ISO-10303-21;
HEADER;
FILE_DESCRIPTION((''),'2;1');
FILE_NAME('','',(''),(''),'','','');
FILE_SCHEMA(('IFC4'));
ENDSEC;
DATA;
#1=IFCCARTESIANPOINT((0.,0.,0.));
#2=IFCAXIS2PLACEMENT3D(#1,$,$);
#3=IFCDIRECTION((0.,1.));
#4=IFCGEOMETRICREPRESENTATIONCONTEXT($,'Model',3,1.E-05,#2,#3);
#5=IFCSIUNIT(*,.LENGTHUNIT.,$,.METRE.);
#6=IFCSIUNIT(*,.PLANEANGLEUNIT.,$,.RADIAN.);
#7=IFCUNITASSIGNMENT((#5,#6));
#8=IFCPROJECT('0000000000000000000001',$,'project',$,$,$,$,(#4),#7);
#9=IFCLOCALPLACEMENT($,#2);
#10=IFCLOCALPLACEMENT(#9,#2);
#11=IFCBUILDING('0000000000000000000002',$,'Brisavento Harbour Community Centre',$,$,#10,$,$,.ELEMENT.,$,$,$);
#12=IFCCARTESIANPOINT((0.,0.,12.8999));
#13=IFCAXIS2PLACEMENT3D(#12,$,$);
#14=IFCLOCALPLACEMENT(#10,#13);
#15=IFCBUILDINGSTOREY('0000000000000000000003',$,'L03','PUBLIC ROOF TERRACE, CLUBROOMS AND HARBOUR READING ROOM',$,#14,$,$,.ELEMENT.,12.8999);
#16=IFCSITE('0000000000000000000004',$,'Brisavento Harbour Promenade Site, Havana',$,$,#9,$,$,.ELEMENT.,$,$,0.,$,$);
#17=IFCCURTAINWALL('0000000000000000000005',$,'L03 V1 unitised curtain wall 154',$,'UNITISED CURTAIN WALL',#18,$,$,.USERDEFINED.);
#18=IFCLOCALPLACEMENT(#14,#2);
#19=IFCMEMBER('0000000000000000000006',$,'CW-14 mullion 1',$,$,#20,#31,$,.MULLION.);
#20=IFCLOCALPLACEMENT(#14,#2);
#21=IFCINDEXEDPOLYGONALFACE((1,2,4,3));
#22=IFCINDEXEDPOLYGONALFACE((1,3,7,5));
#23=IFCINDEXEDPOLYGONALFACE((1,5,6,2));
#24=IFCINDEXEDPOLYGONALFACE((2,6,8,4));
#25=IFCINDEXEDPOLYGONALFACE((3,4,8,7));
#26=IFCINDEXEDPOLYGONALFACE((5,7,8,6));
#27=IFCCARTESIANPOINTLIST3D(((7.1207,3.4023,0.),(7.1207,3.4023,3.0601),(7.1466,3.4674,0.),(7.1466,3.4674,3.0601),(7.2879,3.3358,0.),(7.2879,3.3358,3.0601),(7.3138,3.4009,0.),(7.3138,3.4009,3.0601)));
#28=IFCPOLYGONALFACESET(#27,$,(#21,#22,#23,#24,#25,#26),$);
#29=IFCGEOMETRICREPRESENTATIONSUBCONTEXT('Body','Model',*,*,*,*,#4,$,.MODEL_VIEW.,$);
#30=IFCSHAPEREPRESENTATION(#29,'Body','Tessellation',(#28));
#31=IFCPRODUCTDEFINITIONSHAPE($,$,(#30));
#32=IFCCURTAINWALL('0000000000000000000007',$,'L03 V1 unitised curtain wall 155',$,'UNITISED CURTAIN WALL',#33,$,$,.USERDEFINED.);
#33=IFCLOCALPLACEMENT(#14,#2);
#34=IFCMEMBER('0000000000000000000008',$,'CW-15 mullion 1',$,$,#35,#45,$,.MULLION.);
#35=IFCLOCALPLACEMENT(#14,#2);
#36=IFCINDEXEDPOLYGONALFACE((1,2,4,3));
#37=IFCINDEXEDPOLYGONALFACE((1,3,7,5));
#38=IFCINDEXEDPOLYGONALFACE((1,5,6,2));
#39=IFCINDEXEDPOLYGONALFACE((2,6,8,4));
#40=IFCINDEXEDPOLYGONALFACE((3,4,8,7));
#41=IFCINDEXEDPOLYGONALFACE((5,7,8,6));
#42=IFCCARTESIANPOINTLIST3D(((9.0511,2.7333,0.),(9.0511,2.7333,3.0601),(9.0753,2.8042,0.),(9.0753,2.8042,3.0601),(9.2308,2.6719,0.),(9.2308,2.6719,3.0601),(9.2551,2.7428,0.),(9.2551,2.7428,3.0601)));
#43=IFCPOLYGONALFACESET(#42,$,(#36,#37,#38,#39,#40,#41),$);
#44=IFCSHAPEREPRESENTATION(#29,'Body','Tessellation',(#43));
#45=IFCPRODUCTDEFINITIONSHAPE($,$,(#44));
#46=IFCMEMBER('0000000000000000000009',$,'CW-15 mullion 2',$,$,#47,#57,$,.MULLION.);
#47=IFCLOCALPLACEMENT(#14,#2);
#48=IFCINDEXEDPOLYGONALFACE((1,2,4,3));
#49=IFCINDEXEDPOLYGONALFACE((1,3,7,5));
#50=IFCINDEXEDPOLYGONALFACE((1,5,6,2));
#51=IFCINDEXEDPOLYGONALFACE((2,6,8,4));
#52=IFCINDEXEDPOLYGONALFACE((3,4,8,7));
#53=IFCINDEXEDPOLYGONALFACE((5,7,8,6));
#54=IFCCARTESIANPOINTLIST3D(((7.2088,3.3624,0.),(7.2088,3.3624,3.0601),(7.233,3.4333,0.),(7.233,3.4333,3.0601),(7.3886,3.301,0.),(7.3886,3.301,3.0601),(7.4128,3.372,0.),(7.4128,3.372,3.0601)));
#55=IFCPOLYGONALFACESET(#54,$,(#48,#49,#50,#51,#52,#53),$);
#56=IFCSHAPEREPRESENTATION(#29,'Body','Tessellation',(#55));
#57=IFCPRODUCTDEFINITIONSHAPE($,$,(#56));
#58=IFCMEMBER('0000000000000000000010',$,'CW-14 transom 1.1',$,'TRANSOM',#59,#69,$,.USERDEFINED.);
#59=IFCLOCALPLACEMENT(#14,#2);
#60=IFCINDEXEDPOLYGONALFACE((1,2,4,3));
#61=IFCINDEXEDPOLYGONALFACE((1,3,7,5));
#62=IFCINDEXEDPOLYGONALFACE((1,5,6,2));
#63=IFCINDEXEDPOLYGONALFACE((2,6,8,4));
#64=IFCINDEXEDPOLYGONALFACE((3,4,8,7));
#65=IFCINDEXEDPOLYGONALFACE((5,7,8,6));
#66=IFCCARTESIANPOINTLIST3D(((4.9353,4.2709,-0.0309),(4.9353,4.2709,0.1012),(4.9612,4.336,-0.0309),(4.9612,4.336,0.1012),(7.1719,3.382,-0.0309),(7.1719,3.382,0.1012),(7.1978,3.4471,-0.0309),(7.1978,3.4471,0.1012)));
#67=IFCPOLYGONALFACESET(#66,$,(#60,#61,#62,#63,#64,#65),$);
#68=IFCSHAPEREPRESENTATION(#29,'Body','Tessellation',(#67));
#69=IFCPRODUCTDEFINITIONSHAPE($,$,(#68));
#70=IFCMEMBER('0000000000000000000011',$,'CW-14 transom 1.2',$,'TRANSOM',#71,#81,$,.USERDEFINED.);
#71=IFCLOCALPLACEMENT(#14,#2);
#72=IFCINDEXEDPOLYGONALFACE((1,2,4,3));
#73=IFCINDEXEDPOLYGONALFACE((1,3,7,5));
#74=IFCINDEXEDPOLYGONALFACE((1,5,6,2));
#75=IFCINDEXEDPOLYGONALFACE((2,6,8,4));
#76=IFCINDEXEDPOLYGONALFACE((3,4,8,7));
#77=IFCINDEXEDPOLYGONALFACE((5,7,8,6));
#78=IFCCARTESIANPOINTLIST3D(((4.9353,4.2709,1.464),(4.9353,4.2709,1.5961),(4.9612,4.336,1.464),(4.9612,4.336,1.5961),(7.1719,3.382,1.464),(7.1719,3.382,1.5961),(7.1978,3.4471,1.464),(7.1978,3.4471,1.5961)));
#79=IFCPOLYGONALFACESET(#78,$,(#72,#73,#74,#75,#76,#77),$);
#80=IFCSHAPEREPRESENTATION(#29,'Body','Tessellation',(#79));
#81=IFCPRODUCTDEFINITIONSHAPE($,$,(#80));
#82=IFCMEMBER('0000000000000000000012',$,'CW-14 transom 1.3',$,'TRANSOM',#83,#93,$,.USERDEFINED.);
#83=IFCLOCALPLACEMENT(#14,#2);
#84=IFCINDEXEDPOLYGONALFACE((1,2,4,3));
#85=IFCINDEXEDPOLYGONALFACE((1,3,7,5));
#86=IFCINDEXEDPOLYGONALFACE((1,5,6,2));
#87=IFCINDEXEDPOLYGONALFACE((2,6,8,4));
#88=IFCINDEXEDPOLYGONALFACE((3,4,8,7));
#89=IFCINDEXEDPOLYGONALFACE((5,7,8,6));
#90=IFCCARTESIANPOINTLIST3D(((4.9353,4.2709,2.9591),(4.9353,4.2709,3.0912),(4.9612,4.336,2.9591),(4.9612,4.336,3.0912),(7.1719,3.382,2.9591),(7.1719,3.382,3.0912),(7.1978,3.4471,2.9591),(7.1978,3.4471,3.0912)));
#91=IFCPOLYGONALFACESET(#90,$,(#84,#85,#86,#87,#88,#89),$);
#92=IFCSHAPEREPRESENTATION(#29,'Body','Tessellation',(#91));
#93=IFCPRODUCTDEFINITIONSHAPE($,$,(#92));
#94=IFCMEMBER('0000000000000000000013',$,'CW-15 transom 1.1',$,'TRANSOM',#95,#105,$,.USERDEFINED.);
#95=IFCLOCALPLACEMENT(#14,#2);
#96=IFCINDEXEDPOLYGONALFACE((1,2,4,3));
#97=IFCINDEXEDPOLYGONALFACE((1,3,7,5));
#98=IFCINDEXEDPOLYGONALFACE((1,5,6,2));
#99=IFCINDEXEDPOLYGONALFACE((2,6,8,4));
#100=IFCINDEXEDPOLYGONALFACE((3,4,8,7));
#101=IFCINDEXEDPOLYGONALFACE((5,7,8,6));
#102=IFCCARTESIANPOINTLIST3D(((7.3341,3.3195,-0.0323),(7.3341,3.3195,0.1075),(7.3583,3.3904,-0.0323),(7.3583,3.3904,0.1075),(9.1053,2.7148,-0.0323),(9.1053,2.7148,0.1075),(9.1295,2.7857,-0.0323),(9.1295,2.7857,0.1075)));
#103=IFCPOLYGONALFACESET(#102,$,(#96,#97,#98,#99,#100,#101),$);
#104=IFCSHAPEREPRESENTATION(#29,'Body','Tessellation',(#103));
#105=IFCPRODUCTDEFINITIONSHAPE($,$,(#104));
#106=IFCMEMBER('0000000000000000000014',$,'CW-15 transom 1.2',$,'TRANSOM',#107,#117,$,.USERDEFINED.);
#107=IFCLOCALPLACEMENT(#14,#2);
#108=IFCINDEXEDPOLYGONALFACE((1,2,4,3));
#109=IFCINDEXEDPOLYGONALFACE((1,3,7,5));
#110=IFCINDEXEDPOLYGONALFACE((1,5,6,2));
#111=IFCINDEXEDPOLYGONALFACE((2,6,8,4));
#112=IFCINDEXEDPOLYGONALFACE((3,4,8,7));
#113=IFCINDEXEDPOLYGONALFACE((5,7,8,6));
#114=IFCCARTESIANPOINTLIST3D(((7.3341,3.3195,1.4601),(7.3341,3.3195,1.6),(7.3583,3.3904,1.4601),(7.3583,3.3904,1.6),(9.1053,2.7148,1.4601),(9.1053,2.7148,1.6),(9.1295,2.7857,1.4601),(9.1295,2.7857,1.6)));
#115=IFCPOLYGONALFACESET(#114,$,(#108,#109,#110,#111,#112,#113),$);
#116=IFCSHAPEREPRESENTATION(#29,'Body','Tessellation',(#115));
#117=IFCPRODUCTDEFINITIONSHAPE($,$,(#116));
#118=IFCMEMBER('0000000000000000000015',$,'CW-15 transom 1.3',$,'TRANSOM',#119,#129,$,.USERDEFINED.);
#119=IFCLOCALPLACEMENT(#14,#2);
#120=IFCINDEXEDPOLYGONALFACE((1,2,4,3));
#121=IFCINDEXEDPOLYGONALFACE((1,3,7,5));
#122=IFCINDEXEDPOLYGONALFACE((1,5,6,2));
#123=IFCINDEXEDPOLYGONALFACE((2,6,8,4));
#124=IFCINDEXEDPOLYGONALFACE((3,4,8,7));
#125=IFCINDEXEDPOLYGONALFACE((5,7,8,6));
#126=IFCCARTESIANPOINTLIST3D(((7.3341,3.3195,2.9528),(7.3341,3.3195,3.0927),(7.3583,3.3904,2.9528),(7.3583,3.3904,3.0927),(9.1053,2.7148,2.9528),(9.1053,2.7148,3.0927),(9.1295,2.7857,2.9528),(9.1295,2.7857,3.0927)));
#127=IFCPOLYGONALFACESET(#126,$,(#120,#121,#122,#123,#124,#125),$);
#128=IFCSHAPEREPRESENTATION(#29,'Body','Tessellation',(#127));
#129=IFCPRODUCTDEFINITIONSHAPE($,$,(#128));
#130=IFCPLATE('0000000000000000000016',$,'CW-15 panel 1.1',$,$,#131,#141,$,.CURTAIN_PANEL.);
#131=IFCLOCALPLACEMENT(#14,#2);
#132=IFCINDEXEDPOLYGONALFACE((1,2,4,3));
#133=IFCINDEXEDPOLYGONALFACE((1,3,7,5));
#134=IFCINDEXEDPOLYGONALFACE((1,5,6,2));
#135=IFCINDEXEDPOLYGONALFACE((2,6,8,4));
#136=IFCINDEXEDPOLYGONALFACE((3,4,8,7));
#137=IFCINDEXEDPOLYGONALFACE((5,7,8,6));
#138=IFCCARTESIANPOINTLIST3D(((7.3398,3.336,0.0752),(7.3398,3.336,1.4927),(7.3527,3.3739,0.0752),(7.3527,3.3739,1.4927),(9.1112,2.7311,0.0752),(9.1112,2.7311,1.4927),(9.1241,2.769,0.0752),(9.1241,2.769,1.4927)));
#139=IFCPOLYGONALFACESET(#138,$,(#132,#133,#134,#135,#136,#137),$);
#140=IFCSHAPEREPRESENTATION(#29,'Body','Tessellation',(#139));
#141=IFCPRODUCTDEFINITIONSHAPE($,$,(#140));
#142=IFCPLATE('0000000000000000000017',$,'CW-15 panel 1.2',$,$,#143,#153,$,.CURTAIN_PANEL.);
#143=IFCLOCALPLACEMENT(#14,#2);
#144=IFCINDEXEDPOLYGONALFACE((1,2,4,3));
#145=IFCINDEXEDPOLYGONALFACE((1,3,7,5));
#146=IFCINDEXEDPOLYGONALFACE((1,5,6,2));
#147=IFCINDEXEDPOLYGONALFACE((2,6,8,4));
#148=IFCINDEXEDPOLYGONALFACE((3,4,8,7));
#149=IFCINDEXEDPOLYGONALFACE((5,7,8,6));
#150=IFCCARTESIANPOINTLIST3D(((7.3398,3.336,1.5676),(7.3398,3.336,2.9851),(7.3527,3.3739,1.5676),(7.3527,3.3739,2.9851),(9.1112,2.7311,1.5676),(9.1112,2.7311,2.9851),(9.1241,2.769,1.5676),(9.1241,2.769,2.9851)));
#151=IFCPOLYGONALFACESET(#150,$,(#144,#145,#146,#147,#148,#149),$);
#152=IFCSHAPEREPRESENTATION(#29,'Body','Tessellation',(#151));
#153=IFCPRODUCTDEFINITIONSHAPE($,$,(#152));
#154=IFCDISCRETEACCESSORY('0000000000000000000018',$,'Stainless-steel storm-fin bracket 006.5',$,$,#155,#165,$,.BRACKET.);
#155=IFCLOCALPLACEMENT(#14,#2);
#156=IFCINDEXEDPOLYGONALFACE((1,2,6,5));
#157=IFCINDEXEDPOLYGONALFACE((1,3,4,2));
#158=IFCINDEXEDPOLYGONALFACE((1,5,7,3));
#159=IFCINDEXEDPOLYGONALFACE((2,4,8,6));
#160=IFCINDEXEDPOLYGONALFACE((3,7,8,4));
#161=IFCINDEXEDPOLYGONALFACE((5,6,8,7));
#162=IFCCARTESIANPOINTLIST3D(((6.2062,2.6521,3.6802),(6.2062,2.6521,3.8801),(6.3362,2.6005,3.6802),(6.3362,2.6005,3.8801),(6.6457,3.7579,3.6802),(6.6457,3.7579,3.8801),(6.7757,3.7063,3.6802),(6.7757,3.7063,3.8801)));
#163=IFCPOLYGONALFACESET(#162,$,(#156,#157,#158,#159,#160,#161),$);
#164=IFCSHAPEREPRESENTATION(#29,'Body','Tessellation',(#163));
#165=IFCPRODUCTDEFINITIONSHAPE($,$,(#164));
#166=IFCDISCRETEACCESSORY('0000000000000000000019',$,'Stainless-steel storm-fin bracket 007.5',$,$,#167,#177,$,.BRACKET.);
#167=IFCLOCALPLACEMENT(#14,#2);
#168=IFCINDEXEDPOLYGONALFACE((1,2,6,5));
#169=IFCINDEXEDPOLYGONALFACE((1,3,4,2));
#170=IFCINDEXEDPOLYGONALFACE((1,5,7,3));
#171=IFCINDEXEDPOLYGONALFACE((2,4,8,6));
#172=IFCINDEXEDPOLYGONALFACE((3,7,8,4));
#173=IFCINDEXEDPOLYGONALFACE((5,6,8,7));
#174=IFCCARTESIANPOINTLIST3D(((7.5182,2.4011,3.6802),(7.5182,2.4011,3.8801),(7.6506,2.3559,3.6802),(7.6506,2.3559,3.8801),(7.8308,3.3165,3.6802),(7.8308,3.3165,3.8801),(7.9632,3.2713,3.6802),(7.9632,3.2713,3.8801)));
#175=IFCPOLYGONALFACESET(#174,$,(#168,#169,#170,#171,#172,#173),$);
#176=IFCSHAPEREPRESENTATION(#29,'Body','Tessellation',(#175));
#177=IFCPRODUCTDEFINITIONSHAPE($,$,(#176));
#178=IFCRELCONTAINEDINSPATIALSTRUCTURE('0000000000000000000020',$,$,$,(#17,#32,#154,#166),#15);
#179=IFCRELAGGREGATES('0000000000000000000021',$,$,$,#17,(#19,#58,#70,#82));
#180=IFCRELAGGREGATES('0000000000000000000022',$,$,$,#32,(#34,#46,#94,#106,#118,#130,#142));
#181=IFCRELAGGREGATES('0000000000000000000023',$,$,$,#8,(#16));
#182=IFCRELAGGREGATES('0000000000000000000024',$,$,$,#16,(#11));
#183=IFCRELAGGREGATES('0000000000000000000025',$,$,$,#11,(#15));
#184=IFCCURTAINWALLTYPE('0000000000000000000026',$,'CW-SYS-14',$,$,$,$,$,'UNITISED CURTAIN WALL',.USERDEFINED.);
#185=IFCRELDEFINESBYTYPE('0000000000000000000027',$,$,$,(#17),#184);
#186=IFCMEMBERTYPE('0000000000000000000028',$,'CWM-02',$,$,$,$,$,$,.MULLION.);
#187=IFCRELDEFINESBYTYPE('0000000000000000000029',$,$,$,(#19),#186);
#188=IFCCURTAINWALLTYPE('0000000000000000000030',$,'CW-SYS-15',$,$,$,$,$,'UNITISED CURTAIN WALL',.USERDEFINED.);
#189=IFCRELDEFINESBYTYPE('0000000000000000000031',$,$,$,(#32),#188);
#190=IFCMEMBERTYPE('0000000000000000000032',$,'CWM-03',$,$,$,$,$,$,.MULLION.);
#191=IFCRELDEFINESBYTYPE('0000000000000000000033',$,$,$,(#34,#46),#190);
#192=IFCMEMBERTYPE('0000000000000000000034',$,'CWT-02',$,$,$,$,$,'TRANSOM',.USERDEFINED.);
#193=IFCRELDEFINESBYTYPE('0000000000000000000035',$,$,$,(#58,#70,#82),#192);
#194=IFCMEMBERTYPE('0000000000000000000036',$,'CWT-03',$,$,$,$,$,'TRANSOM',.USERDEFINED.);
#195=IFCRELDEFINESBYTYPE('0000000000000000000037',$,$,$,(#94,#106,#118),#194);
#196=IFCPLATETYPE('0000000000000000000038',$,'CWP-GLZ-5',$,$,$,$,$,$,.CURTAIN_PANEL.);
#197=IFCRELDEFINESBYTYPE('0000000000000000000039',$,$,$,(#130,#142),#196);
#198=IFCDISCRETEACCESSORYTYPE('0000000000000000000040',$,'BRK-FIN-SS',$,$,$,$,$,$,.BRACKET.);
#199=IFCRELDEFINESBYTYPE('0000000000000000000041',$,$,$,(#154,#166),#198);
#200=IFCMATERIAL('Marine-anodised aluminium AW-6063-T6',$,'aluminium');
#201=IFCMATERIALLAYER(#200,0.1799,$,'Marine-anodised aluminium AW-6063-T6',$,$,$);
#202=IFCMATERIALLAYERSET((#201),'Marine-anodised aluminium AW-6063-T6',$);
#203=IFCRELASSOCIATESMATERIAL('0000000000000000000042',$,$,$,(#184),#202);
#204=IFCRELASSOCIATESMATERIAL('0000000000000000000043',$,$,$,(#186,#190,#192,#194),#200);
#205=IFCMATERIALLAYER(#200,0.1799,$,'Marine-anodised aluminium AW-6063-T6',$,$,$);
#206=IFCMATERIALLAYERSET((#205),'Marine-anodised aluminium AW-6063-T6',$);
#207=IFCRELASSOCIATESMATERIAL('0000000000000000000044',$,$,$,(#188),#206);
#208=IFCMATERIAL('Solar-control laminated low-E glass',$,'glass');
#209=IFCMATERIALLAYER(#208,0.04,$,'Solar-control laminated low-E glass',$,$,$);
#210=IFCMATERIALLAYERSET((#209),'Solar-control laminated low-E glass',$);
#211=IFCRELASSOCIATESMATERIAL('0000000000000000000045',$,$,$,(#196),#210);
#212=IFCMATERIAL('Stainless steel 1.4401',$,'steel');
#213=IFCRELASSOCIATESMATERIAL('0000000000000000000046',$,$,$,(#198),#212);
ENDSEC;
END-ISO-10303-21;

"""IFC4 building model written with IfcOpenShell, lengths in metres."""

from ifc_helpers import new_model, si_unit, direction, frame, origin, origin_2d, place, context, subcontext, project, spatial, rectangle, extrude, material, layer, layer_set, material_profile, profile_set, type_object, element, aggregate, save


model = new_model("IFC4")

# Units and contexts
model_context = context("Model", 3, precision=1e-05, world=origin(), true_north=direction((0.0, 1.0)))
body_context = subcontext(model_context, "Body", "Model", "MODEL_VIEW")
ifc_project = project(units=[si_unit("LENGTHUNIT", "METRE"), si_unit("PLANEANGLEUNIT", "RADIAN")], contexts=[model_context])

# Site, building, storey
site_placement = place(None, origin())
site = spatial("IfcSite", under=ifc_project, at=site_placement, Name="Brisavento Harbour Promenade Site, Havana", CompositionType="ELEMENT", RefElevation=0.0)
building_placement = place(site_placement, origin())
building = spatial("IfcBuilding", under=site, at=building_placement, Name="Brisavento Harbour Community Centre", CompositionType="ELEMENT")
storey_placement = place(building_placement, frame((0.0, 0.0, 12.8999)))
storey = spatial("IfcBuildingStorey", under=building, at=storey_placement, Name="L03", Description="PUBLIC ROOF TERRACE, CLUBROOMS AND HARBOUR READING ROOM", CompositionType="ELEMENT", Elevation=12.8999)

# Curtain wall, member
ifc_material_1 = material(Name="Marine-anodised aluminium AW-6063-T6", Category="aluminium")
ifc_layer_1 = layer(ifc_material_1, 0.1799, Name="Marine-anodised aluminium AW-6063-T6")
ifc_layer_set_1 = layer_set([ifc_layer_1], Name="Marine-anodised aluminium AW-6063-T6")
curtain_wall_type_1 = type_object("IfcCurtainWallType", Name="CW-SYS-14", ElementType="UNITISED CURTAIN WALL", PredefinedType="USERDEFINED", material=ifc_layer_set_1)
curtain_wall_1_placement = place(storey_placement, origin())
curtain_wall_1 = element("IfcCurtainWall", 1, at=curtain_wall_1_placement, inside=storey, type_object=curtain_wall_type_1, Name="L03 V1 unitised curtain wall 154", ObjectType="UNITISED CURTAIN WALL", PredefinedType="USERDEFINED")
ifc_material_profile_1 = material_profile(ifc_material_1, rectangle(XDim=0.0701, YDim=0.1799, at=origin_2d()), Name="Marine-anodised aluminium AW-6063-T6")
ifc_profile_set_1 = profile_set([ifc_material_profile_1], Name="Marine-anodised aluminium AW-6063-T6")
member_type_1 = type_object("IfcMemberType", Name="CWM-02", PredefinedType="MULLION", material=ifc_profile_set_1)
member_1_placement = place(storey_placement, frame((7.2173, 3.4016, 0.0), z_axis=(0.0, 0.0, 1.0), x_axis=(-0.369379, -0.929279, 0.0)))
member_1 = element("IfcMember", 2, at=member_1_placement, type_object=member_type_1, Name="CW-14 mullion 1", PredefinedType="MULLION", context=body_context, shape_type="SweptSolid", body=[
    extrude(rectangle(XDim=0.0701, YDim=0.1799, at=origin_2d()), origin(), (0.0, 0.0, 1.0), 3.0601),
])

# Curtain wall, members
ifc_layer_2 = layer(ifc_material_1, 0.1799, Name="Marine-anodised aluminium AW-6063-T6")
ifc_layer_set_2 = layer_set([ifc_layer_2], Name="Marine-anodised aluminium AW-6063-T6")
curtain_wall_type_2 = type_object("IfcCurtainWallType", Name="CW-SYS-15", ElementType="UNITISED CURTAIN WALL", PredefinedType="USERDEFINED", material=ifc_layer_set_2)
curtain_wall_2_placement = place(storey_placement, origin())
curtain_wall_2 = element("IfcCurtainWall", 3, at=curtain_wall_2_placement, inside=storey, type_object=curtain_wall_type_2, Name="L03 V1 unitised curtain wall 155", ObjectType="UNITISED CURTAIN WALL", PredefinedType="USERDEFINED")
ifc_material_profile_2 = material_profile(ifc_material_1, rectangle(XDim=0.075, YDim=0.1899, at=origin_2d()), Name="Marine-anodised aluminium AW-6063-T6")
ifc_profile_set_2 = profile_set([ifc_material_profile_2], Name="Marine-anodised aluminium AW-6063-T6")
member_type_2 = type_object("IfcMemberType", Name="CWM-03", PredefinedType="MULLION", material=ifc_profile_set_2)
member_2_placement = place(storey_placement, frame((9.1531, 2.738, 0.0), z_axis=(0.0, 0.0, 1.0), x_axis=(-0.323178, -0.946338, 0.0)))
member_2 = element("IfcMember", 4, at=member_2_placement, type_object=member_type_2, Name="CW-15 mullion 1", PredefinedType="MULLION", context=body_context, shape_type="SweptSolid", body=[
    extrude(rectangle(XDim=0.075, YDim=0.1899, at=origin_2d()), origin(), (0.0, 0.0, 1.0), 3.0601),
])
member_3_placement = place(storey_placement, frame((7.3108, 3.3672, 0.0), z_axis=(0.0, 0.0, 1.0), x_axis=(-0.323178, -0.946338, 0.0)))
member_3 = element("IfcMember", 5, at=member_3_placement, type_object=member_type_2, Name="CW-15 mullion 2", PredefinedType="MULLION", context=body_context, shape_type="SweptSolid", body=[
    extrude(rectangle(XDim=0.075, YDim=0.1899, at=origin_2d()), origin(), (0.0, 0.0, 1.0), 3.0601),
])

# Members
ifc_material_profile_3 = material_profile(ifc_material_1, rectangle(XDim=0.0701, YDim=0.1321, at=origin_2d()), Name="Marine-anodised aluminium AW-6063-T6")
ifc_profile_set_3 = profile_set([ifc_material_profile_3], Name="Marine-anodised aluminium AW-6063-T6")
member_type_3 = type_object("IfcMemberType", Name="CWT-02", ElementType="TRANSOM", PredefinedType="USERDEFINED", material=ifc_profile_set_3)
member_4_placement = place(storey_placement, frame((7.1848, 3.4146, 0.0352), z_axis=(-0.929293, 0.369343, 0.0), x_axis=(-0.369343, -0.929293, 0.0)))
member_4 = element("IfcMember", 6, at=member_4_placement, type_object=member_type_3, Name="CW-14 transom 1.1", ObjectType="TRANSOM", PredefinedType="USERDEFINED", context=body_context, shape_type="SweptSolid", body=[
    extrude(rectangle(XDim=0.0701, YDim=0.1321, at=origin_2d()), origin(), (0.0, 0.0, 1.0), 2.4067),
])
member_5_placement = place(storey_placement, frame((7.1848, 3.4146, 1.53), z_axis=(-0.929293, 0.369343, 0.0), x_axis=(-0.369343, -0.929293, 0.0)))
member_5 = element("IfcMember", 7, at=member_5_placement, type_object=member_type_3, Name="CW-14 transom 1.2", ObjectType="TRANSOM", PredefinedType="USERDEFINED", context=body_context, shape_type="SweptSolid", body=[
    extrude(rectangle(XDim=0.0701, YDim=0.1321, at=origin_2d()), origin(), (0.0, 0.0, 1.0), 2.4067),
])
member_6_placement = place(storey_placement, frame((7.1848, 3.4146, 3.0251), z_axis=(-0.929293, 0.369343, 0.0), x_axis=(-0.369343, -0.929293, 0.0)))
member_6 = element("IfcMember", 8, at=member_6_placement, type_object=member_type_3, Name="CW-14 transom 1.3", ObjectType="TRANSOM", PredefinedType="USERDEFINED", context=body_context, shape_type="SweptSolid", body=[
    extrude(rectangle(XDim=0.0701, YDim=0.1321, at=origin_2d()), origin(), (0.0, 0.0, 1.0), 2.4067),
])
aggregate(curtain_wall_1, [member_1, member_4, member_5, member_6])
ifc_material_profile_4 = material_profile(ifc_material_1, rectangle(XDim=0.075, YDim=0.1399, at=origin_2d()), Name="Marine-anodised aluminium AW-6063-T6")
ifc_profile_set_4 = profile_set([ifc_material_profile_4], Name="Marine-anodised aluminium AW-6063-T6")
member_type_4 = type_object("IfcMemberType", Name="CWT-03", ElementType="TRANSOM", PredefinedType="USERDEFINED", material=ifc_profile_set_4)
member_7_placement = place(storey_placement, frame((9.1174, 2.7502, 0.0376), z_axis=(-0.946363, 0.323107, 0.0), x_axis=(-0.323107, -0.946363, 0.0)))
member_7 = element("IfcMember", 9, at=member_7_placement, type_object=member_type_4, Name="CW-15 transom 1.1", ObjectType="TRANSOM", PredefinedType="USERDEFINED", context=body_context, shape_type="SweptSolid", body=[
    extrude(rectangle(XDim=0.075, YDim=0.1399, at=origin_2d()), origin(), (0.0, 0.0, 1.0), 1.8716),
])
member_8_placement = place(storey_placement, frame((9.1174, 2.7502, 1.53), z_axis=(-0.946363, 0.323107, 0.0), x_axis=(-0.323107, -0.946363, 0.0)))
member_8 = element("IfcMember", 10, at=member_8_placement, type_object=member_type_4, Name="CW-15 transom 1.2", ObjectType="TRANSOM", PredefinedType="USERDEFINED", context=body_context, shape_type="SweptSolid", body=[
    extrude(rectangle(XDim=0.075, YDim=0.1399, at=origin_2d()), origin(), (0.0, 0.0, 1.0), 1.8716),
])
member_9_placement = place(storey_placement, frame((9.1174, 2.7502, 3.0227), z_axis=(-0.946363, 0.323107, 0.0), x_axis=(-0.323107, -0.946363, 0.0)))
member_9 = element("IfcMember", 11, at=member_9_placement, type_object=member_type_4, Name="CW-15 transom 1.3", ObjectType="TRANSOM", PredefinedType="USERDEFINED", context=body_context, shape_type="SweptSolid", body=[
    extrude(rectangle(XDim=0.075, YDim=0.1399, at=origin_2d()), origin(), (0.0, 0.0, 1.0), 1.8716),
])

# Plates
ifc_material_2 = material(Name="Solar-control laminated low-E glass", Category="glass")
ifc_layer_3 = layer(ifc_material_2, 0.04, Name="Solar-control laminated low-E glass")
ifc_layer_set_3 = layer_set([ifc_layer_3], Name="Solar-control laminated low-E glass")
plate_type = type_object("IfcPlateType", Name="CWP-GLZ-5", PredefinedType="CURTAIN_PANEL", material=ifc_layer_set_3)
plate_1_placement = place(storey_placement, frame((8.2319, 3.0525, 0.0752), z_axis=(0.0, 0.0, 1.0), x_axis=(-0.946338, 0.323178, 0.0)))
plate_1 = element("IfcPlate", 12, at=plate_1_placement, type_object=plate_type, Name="CW-15 panel 1.1", PredefinedType="CURTAIN_PANEL", context=body_context, shape_type="SweptSolid", body=[
    extrude(rectangle(XDim=1.8718, YDim=0.04, at=origin_2d()), origin(), (0.0, 0.0, 1.0), 1.4175),
])
plate_2_placement = place(storey_placement, frame((8.2319, 3.0525, 1.5676), z_axis=(0.0, 0.0, 1.0), x_axis=(-0.946338, 0.323178, 0.0)))
plate_2 = element("IfcPlate", 13, at=plate_2_placement, type_object=plate_type, Name="CW-15 panel 1.2", PredefinedType="CURTAIN_PANEL", context=body_context, shape_type="SweptSolid", body=[
    extrude(rectangle(XDim=1.8718, YDim=0.04, at=origin_2d()), origin(), (0.0, 0.0, 1.0), 1.4175),
])
aggregate(curtain_wall_2, [member_2, member_3, member_7, member_8, member_9, plate_1, plate_2])

# Discrete accessories
ifc_material_3 = material(Name="Stainless steel 1.4401", Category="steel")
discrete_accessory_type = type_object("IfcDiscreteAccessoryType", Name="BRK-FIN-SS", PredefinedType="BRACKET", material=ifc_material_3)
discrete_accessory_1_placement = place(storey_placement, frame((6.491, 3.1792, 3.6802), z_axis=(0.0, 0.0, 1.0), x_axis=(-0.369341, -0.929294, 0.0)))
element("IfcDiscreteAccessory", 14, at=discrete_accessory_1_placement, inside=storey, type_object=discrete_accessory_type, Name="Stainless-steel storm-fin bracket 006.5", PredefinedType="BRACKET", context=body_context, shape_type="SweptSolid", body=[
    extrude(rectangle(XDim=1.1899, YDim=0.1399, at=origin_2d()), origin(), (0.0, 0.0, 1.0), 0.2),
])
discrete_accessory_2_placement = place(storey_placement, frame((7.7407, 2.8362, 3.6802), z_axis=(0.0, 0.0, 1.0), x_axis=(-0.323174, -0.946339, 0.0)))
element("IfcDiscreteAccessory", 15, at=discrete_accessory_2_placement, inside=storey, type_object=discrete_accessory_type, Name="Stainless-steel storm-fin bracket 007.5", PredefinedType="BRACKET", context=body_context, shape_type="SweptSolid", body=[
    extrude(rectangle(XDim=0.9673, YDim=0.1399, at=origin_2d()), origin(), (0.0, 0.0, 1.0), 0.2),
])

save(model, "model.ifc")
